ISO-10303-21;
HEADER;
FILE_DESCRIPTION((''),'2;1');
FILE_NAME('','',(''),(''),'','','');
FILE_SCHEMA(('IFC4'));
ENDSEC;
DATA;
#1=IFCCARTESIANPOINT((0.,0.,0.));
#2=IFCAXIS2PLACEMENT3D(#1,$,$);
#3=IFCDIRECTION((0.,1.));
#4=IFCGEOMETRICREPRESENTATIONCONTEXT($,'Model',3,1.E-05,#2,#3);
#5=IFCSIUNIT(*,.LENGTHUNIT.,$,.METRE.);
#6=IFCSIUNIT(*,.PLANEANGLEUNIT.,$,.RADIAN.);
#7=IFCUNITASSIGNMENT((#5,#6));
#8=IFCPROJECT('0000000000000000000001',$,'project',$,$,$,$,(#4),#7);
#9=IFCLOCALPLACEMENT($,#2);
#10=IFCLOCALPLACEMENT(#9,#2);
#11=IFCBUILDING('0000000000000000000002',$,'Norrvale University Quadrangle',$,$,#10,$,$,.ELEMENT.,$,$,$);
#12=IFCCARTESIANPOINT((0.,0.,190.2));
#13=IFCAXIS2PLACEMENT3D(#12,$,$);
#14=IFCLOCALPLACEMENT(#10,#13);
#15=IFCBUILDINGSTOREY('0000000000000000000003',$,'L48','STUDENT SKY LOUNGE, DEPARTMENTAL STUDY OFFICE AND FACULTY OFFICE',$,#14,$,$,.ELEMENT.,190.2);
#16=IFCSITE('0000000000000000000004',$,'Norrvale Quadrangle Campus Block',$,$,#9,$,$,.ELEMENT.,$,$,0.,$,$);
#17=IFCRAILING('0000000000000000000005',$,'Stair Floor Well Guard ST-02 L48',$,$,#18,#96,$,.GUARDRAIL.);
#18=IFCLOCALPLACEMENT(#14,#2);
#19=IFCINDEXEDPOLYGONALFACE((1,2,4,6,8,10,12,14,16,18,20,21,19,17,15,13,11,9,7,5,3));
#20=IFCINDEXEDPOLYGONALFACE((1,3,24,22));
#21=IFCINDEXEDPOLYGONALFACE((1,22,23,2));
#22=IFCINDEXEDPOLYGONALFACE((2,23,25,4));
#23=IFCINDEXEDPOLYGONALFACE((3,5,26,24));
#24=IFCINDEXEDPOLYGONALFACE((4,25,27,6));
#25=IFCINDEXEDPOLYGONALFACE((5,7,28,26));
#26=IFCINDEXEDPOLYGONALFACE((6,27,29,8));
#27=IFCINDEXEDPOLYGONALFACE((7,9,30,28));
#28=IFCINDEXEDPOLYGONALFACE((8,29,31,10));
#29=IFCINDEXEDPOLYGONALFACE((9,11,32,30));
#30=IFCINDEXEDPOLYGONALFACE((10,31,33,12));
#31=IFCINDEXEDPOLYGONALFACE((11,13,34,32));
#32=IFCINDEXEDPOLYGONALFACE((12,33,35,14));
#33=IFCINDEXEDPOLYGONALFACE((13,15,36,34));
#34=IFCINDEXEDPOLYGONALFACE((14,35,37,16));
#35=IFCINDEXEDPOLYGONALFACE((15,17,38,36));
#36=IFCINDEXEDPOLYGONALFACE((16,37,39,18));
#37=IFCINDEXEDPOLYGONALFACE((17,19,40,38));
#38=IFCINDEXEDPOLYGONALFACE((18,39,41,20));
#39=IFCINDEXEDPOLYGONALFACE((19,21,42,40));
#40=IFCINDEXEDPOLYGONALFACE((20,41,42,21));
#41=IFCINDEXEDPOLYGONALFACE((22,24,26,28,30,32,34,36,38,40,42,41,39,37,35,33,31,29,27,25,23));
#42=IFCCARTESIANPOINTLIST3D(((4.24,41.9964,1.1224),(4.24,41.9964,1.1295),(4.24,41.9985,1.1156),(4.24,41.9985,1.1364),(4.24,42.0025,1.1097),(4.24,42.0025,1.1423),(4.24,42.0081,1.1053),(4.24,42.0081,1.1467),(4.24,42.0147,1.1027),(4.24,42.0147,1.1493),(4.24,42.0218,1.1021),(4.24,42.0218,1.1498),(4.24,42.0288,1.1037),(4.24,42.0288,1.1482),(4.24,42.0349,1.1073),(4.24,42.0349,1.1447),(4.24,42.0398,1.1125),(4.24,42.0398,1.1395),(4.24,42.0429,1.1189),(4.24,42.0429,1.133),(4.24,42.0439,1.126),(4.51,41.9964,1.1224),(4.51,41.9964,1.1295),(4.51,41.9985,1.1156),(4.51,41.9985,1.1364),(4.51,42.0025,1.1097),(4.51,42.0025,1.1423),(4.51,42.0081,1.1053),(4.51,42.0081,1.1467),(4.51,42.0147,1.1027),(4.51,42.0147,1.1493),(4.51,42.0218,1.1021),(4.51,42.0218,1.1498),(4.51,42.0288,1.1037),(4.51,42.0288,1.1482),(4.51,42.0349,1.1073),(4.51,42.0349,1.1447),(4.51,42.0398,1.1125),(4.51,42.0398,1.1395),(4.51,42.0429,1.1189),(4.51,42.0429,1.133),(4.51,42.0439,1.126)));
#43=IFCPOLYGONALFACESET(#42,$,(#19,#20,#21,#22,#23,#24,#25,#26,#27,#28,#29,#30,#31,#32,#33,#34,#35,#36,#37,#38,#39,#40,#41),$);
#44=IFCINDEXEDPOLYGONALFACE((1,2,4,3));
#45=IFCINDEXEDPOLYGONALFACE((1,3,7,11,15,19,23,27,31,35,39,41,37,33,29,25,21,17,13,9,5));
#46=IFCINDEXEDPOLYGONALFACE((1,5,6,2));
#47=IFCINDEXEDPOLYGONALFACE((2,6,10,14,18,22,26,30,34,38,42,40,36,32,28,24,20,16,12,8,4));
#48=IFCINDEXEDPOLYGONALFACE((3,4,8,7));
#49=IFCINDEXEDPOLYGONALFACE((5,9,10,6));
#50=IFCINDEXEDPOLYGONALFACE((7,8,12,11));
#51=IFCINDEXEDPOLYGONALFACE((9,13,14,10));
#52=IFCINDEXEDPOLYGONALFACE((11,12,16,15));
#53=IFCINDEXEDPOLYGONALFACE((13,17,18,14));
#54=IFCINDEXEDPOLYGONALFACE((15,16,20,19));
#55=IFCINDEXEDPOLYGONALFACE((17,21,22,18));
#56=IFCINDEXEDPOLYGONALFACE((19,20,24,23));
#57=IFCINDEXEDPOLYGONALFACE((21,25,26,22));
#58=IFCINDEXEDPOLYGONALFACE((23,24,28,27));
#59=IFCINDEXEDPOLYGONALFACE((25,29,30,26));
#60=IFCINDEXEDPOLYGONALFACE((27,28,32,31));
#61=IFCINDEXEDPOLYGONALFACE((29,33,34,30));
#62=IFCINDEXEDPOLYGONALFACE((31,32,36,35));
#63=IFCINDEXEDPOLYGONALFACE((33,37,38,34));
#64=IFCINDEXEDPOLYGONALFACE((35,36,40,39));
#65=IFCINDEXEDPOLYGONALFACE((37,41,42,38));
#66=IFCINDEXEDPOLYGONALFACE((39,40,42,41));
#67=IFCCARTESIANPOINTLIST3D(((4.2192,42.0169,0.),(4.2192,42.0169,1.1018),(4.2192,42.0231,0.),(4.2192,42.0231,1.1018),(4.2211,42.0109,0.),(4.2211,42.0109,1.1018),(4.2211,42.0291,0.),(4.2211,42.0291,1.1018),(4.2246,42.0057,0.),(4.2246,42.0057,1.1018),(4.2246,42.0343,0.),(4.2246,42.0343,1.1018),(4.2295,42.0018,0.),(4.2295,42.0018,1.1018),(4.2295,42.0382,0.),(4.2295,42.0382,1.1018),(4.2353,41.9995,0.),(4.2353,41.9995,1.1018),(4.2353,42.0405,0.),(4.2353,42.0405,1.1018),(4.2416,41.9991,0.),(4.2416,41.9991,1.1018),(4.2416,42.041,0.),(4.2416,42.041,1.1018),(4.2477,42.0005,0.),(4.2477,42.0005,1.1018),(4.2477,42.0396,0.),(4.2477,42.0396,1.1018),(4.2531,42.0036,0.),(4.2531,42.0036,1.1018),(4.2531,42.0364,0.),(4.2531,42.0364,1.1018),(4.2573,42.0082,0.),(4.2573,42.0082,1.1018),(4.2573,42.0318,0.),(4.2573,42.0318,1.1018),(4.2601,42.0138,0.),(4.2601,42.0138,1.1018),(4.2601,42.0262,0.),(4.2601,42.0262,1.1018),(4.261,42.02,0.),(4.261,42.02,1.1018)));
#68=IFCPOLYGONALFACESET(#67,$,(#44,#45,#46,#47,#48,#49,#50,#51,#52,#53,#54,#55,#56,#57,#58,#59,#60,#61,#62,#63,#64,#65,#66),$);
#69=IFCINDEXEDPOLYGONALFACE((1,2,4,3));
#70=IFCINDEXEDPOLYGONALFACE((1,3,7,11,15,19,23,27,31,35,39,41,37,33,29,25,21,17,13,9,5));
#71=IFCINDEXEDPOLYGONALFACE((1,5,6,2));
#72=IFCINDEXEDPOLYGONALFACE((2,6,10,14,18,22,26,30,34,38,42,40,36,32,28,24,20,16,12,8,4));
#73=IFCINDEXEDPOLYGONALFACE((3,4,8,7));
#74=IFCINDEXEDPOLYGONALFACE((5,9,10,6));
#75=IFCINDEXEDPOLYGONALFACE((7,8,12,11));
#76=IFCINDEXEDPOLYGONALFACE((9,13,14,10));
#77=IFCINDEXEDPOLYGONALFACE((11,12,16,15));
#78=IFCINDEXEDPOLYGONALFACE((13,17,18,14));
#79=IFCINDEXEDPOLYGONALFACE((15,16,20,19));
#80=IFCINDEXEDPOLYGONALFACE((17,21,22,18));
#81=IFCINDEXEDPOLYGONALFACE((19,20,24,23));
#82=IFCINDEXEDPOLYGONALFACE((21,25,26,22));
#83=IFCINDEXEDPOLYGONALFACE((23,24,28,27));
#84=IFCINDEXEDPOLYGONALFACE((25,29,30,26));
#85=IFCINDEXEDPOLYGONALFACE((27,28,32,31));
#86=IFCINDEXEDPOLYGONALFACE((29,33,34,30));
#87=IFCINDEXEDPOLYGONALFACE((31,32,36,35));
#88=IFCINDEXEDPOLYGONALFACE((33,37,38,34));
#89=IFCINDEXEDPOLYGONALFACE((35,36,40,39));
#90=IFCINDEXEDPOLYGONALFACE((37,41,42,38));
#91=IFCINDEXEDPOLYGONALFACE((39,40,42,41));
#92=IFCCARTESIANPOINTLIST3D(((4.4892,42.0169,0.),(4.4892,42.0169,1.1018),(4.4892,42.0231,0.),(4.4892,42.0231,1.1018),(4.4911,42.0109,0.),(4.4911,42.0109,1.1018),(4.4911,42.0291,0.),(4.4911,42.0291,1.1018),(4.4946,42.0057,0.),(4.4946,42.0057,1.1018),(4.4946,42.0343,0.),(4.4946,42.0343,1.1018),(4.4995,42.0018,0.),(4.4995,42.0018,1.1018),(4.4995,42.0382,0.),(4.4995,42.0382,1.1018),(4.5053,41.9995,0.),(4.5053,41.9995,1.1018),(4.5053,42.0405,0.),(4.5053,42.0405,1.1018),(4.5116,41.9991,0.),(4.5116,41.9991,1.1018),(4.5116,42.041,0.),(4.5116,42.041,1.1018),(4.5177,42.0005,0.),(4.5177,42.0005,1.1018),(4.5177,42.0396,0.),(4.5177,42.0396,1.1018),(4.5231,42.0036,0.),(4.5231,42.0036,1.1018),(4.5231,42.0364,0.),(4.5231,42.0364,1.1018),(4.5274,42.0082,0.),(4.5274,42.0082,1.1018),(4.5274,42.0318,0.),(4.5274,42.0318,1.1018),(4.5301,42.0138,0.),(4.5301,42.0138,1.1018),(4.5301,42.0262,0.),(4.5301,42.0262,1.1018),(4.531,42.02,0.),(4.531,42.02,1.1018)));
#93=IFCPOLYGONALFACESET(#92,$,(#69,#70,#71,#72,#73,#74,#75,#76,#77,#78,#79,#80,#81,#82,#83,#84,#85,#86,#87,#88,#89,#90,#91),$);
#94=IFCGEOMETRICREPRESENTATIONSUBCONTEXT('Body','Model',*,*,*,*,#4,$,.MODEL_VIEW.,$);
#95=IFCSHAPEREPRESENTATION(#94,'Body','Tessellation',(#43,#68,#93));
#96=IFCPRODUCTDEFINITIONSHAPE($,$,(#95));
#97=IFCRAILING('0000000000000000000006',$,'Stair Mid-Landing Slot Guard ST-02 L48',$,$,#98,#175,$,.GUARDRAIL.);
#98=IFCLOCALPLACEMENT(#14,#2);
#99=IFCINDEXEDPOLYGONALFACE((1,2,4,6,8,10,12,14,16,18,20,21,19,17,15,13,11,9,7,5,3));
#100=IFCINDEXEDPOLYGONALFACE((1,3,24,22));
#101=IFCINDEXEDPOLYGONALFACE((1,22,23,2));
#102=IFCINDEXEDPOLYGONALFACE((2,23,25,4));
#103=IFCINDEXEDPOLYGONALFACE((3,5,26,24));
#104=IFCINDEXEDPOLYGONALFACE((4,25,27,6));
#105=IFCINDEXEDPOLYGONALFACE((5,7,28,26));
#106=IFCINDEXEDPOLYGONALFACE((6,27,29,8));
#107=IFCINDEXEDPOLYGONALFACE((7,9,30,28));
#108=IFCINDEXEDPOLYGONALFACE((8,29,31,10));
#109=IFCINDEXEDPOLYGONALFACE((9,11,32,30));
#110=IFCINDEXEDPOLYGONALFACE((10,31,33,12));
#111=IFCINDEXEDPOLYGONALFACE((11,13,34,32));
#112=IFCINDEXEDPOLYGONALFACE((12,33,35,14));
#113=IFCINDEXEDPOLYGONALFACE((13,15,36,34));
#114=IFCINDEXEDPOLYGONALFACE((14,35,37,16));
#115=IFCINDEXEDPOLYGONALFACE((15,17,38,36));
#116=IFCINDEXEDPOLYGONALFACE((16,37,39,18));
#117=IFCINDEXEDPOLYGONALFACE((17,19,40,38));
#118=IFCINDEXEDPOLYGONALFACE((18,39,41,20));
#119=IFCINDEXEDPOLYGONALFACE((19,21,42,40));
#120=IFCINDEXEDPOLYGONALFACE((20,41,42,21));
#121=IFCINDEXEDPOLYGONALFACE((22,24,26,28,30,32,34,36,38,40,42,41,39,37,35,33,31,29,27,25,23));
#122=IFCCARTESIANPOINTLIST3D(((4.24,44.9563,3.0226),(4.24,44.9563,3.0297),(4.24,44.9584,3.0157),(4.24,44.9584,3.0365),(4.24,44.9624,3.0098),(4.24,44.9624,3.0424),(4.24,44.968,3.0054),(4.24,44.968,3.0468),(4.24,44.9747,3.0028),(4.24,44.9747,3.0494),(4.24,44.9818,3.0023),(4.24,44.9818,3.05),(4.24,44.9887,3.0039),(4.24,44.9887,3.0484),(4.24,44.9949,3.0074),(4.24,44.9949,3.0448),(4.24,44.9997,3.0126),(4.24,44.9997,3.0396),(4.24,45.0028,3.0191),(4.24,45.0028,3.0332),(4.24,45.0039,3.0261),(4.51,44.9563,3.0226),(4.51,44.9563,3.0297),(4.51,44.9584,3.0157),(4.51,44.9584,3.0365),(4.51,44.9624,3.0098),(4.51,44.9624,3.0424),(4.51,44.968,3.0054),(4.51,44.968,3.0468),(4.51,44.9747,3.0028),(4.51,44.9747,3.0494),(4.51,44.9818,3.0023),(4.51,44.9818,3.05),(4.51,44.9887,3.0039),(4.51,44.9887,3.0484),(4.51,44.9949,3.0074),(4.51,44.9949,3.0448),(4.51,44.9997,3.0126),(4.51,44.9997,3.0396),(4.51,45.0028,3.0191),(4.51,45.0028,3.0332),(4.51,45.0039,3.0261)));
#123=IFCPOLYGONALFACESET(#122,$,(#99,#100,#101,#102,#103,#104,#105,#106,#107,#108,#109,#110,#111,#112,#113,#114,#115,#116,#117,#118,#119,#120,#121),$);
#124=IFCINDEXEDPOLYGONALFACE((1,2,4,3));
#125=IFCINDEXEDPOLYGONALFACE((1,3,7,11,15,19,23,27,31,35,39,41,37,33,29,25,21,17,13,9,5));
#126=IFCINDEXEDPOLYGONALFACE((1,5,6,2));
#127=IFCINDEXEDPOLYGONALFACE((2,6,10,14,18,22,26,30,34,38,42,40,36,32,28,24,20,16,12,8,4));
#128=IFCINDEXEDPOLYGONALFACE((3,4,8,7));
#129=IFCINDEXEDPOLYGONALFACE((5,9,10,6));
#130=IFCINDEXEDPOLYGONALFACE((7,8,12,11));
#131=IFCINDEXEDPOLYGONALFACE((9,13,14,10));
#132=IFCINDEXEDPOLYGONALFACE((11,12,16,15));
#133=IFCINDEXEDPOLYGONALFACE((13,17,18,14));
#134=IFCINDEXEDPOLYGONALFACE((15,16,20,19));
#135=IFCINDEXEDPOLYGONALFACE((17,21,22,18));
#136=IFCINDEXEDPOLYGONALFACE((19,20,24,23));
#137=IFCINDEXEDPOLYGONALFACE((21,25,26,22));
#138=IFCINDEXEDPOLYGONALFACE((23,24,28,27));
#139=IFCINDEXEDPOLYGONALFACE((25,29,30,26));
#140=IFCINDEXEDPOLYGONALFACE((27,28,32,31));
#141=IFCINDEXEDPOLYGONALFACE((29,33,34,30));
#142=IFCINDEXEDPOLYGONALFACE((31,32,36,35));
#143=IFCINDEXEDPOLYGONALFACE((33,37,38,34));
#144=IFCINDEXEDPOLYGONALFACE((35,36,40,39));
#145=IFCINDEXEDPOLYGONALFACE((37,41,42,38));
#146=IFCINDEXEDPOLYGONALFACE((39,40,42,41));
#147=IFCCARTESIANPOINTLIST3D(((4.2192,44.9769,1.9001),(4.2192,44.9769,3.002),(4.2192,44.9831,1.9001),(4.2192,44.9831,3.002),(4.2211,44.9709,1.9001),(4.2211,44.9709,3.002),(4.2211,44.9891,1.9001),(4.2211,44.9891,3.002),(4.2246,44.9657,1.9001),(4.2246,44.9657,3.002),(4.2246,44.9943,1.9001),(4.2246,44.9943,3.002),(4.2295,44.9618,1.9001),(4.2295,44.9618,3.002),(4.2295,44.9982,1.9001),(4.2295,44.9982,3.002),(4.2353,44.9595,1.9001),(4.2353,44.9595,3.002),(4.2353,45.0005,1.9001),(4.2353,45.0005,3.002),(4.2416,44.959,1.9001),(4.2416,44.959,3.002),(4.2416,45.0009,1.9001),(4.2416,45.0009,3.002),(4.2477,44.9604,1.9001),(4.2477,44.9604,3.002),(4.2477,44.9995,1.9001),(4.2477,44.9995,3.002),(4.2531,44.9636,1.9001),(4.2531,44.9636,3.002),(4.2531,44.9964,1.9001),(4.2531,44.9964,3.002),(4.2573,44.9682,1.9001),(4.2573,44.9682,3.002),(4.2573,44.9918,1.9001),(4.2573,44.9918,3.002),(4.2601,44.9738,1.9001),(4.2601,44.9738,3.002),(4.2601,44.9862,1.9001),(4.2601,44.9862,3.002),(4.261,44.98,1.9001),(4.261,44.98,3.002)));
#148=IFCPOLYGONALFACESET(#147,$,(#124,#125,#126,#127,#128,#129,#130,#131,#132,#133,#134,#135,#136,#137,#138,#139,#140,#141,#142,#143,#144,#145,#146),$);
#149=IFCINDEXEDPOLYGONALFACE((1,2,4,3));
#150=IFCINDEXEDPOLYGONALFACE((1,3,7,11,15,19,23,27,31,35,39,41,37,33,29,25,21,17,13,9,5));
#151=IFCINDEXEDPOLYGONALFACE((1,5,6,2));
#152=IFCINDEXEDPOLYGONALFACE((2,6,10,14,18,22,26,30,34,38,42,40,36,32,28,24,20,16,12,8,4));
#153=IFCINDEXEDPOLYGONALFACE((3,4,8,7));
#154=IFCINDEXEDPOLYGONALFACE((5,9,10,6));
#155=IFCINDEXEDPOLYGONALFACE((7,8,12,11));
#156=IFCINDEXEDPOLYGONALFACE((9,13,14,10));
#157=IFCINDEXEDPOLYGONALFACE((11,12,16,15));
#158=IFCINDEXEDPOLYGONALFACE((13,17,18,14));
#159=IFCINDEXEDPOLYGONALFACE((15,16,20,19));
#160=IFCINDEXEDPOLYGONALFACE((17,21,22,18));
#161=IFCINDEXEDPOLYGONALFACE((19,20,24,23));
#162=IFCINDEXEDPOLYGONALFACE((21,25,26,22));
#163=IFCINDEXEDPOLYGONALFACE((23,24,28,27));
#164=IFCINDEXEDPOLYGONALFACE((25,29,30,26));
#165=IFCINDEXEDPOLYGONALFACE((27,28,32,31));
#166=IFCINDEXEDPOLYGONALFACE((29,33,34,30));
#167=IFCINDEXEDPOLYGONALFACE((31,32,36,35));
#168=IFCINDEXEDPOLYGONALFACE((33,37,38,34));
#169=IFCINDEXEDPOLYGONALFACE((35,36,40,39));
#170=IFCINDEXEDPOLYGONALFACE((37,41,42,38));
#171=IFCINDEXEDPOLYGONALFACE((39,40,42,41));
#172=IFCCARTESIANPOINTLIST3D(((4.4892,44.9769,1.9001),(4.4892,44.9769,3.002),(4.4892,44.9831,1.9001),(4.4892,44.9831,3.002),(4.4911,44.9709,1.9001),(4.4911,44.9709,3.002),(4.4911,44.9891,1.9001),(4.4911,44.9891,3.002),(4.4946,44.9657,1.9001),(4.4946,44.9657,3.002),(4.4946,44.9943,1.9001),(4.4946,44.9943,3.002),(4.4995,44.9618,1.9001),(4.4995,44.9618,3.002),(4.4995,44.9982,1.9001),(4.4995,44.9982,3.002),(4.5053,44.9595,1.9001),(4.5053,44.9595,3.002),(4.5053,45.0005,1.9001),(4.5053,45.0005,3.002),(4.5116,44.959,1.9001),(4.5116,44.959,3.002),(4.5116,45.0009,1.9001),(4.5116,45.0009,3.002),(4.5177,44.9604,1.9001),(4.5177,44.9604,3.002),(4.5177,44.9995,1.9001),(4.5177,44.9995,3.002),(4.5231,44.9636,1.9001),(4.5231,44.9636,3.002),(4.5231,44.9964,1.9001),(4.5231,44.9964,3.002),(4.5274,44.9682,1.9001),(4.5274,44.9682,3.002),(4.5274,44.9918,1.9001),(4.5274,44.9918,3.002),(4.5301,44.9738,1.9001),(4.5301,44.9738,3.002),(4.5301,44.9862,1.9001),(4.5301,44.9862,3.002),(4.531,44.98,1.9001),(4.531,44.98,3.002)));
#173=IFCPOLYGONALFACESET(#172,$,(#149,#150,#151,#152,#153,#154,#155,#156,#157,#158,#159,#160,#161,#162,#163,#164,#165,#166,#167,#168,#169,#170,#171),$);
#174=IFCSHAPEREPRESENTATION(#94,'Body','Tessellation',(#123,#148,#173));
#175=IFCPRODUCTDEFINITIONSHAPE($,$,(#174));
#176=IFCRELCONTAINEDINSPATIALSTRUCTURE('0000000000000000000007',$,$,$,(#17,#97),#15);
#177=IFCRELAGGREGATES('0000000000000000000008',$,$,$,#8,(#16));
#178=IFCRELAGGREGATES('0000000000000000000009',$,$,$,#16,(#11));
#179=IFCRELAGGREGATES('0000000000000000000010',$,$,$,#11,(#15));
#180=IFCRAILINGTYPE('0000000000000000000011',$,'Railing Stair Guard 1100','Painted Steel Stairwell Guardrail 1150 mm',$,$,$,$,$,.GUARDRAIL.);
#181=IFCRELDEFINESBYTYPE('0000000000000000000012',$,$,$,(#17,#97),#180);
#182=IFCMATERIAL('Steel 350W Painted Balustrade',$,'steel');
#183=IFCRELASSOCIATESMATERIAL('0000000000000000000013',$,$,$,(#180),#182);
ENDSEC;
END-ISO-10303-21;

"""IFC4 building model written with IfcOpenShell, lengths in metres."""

from ifc_helpers import new_model, si_unit, direction, frame, origin, origin_2d, place, context, subcontext, project, spatial, circle, extrude, material, type_object, element, save


model = new_model("IFC4")

# Units and contexts
model_context = context("Model", 3, precision=1e-05, world=origin(), true_north=direction((0.0, 1.0)))
body_context = subcontext(model_context, "Body", "Model", "MODEL_VIEW")
ifc_project = project(units=[si_unit("LENGTHUNIT", "METRE"), si_unit("PLANEANGLEUNIT", "RADIAN")], contexts=[model_context])

# Site, building, storey
site_placement = place(None, origin())
site = spatial("IfcSite", under=ifc_project, at=site_placement, Name="Norrvale Quadrangle Campus Block", CompositionType="ELEMENT", RefElevation=0.0)
building_placement = place(site_placement, origin())
building = spatial("IfcBuilding", under=site, at=building_placement, Name="Norrvale University Quadrangle", CompositionType="ELEMENT")
storey_placement = place(building_placement, frame((0.0, 0.0, 190.2)))
storey = spatial("IfcBuildingStorey", under=building, at=storey_placement, Name="L48", Description="STUDENT SKY LOUNGE, DEPARTMENTAL STUDY OFFICE AND FACULTY OFFICE", CompositionType="ELEMENT", Elevation=190.2)

# Railings
ifc_material_1 = material(Name="Steel 350W Painted Balustrade", Category="steel")
railing_type_1 = type_object("IfcRailingType", Name="Railing Stair Guard 1100", Description="Painted Steel Stairwell Guardrail 1150 mm", PredefinedType="GUARDRAIL", material=ifc_material_1)
for number, where, name in (
    (1, (4.24, 42.02, 0.0), "Stair Floor Well Guard ST-02 L48"),
    (2, (4.24, 44.98, 1.9001), "Stair Mid-Landing Slot Guard ST-02 L48"),
):
    element("IfcRailing", number, at=place(storey_placement, frame(where)), inside=storey, type_object=railing_type_1, Name=name, PredefinedType="GUARDRAIL", context=body_context, shape_type="SweptSolid", body=[
        extrude(circle(Radius=0.0239, at=origin_2d()), frame((0.0, 0.0, 1.126), z_axis=(1.0, 0.0, 0.0), x_axis=(0.0, 1.0, 0.0)), (0.0, 0.0, 1.0), 0.27),
        extrude(circle(Radius=0.021, at=origin_2d()), origin(), (0.0, 0.0, 1.0), 1.1018),
        extrude(circle(Radius=0.021, at=origin_2d()), frame((0.27, 0.0, 0.0)), (0.0, 0.0, 1.0), 1.1018),
    ])

save(model, "model.ifc")
